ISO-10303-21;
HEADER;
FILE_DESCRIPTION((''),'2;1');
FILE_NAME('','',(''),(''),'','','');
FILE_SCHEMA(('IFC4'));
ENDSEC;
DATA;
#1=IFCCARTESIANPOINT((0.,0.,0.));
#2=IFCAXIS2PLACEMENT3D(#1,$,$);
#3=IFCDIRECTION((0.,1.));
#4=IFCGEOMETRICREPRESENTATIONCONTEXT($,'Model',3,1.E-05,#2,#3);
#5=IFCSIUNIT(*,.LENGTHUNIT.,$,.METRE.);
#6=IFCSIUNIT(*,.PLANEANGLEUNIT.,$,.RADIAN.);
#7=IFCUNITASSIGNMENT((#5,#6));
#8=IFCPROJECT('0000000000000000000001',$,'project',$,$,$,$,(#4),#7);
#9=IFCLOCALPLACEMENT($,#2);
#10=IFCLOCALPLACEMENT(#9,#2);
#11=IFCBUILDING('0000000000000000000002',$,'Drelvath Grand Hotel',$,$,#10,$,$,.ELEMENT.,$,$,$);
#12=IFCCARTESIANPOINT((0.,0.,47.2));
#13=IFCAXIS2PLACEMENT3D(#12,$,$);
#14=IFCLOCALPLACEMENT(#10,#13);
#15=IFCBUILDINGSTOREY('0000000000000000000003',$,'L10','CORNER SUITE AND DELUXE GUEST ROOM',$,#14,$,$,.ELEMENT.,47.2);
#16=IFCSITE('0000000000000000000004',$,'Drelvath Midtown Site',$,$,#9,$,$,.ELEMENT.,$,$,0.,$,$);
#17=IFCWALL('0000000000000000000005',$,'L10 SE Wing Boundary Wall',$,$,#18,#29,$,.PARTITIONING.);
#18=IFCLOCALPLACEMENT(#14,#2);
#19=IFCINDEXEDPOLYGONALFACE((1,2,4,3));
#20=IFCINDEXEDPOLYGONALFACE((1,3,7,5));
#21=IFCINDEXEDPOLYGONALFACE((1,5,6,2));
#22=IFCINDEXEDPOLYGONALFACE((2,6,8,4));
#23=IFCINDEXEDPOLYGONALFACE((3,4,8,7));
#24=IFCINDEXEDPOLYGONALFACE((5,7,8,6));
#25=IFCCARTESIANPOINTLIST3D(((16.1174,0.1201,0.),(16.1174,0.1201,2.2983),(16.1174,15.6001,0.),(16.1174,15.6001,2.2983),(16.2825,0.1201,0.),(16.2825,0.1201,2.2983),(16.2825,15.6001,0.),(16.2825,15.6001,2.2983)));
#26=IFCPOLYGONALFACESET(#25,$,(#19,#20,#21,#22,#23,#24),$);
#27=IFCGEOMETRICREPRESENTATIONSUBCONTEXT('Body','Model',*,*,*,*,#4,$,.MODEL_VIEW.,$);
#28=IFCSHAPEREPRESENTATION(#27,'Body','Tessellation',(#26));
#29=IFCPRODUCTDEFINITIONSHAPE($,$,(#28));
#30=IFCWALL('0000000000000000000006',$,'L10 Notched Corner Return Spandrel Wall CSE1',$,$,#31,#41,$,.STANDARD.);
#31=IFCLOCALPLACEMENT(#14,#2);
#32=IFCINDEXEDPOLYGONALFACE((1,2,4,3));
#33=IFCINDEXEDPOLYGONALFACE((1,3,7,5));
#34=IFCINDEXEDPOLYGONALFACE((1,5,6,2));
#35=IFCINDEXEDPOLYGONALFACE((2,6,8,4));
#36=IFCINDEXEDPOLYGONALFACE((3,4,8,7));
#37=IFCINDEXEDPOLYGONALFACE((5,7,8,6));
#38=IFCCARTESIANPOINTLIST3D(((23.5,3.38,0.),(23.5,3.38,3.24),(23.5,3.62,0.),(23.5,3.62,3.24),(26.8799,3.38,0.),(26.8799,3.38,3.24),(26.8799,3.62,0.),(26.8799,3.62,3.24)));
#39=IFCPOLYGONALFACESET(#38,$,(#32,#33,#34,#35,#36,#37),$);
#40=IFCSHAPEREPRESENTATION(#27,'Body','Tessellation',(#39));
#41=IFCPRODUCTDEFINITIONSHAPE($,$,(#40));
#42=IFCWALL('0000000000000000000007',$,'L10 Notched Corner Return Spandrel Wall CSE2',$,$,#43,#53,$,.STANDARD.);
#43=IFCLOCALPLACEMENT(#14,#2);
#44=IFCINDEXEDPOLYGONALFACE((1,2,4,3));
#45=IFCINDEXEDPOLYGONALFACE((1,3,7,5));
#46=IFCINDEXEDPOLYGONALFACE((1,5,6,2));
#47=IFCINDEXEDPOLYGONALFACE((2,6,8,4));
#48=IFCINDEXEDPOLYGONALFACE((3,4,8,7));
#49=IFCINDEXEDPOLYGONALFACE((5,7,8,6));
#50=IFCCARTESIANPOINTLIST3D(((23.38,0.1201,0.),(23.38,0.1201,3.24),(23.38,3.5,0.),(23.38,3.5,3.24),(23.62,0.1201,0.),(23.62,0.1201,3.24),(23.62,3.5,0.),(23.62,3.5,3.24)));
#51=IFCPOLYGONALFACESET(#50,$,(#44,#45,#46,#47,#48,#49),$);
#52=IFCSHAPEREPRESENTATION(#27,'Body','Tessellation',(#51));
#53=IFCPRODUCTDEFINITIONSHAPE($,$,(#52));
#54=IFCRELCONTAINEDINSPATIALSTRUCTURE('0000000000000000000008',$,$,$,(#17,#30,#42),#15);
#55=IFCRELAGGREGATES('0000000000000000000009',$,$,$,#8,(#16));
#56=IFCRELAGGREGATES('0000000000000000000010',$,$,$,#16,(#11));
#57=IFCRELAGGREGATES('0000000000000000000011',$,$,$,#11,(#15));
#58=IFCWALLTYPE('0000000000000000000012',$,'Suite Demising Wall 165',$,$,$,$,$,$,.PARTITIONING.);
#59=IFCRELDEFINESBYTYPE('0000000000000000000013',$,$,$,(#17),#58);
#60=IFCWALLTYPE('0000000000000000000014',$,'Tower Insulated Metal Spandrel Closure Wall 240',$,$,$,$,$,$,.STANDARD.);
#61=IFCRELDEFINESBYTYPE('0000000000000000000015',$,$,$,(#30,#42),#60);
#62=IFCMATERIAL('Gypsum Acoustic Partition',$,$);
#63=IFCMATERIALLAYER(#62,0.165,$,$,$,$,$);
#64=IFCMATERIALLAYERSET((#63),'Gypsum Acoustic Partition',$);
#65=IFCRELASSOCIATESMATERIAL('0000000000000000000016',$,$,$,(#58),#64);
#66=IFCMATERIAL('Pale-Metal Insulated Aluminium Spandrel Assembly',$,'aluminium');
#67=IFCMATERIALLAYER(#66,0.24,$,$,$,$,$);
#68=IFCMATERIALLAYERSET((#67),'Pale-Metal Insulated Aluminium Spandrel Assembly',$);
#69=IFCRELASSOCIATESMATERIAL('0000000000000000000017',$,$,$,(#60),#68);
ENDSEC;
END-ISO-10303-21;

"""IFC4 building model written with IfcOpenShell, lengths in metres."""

from ifc_helpers import new_model, si_unit, direction, frame, frame_2d, origin, place, context, subcontext, project, spatial, rectangle, extrude, material, layer, layer_set, type_object, element, save


model = new_model("IFC4")

# Units and contexts
model_context = context("Model", 3, precision=1e-05, world=origin(), true_north=direction((0.0, 1.0)))
body_context = subcontext(model_context, "Body", "Model", "MODEL_VIEW")
ifc_project = project(units=[si_unit("LENGTHUNIT", "METRE"), si_unit("PLANEANGLEUNIT", "RADIAN")], contexts=[model_context])

# Site, building, storey
site_placement = place(None, origin())
site = spatial("IfcSite", under=ifc_project, at=site_placement, Name="Drelvath Midtown Site", CompositionType="ELEMENT", RefElevation=0.0)
building_placement = place(site_placement, origin())
building = spatial("IfcBuilding", under=site, at=building_placement, Name="Drelvath Grand Hotel", CompositionType="ELEMENT")
storey_placement = place(building_placement, frame((0.0, 0.0, 47.2)))
storey = spatial("IfcBuildingStorey", under=building, at=storey_placement, Name="L10", Description="CORNER SUITE AND DELUXE GUEST ROOM", CompositionType="ELEMENT", Elevation=47.2)

# Walls
ifc_material_1 = material(Name="Gypsum Acoustic Partition")
ifc_layer_1 = layer(ifc_material_1, 0.165)
ifc_layer_set_1 = layer_set([ifc_layer_1], Name="Gypsum Acoustic Partition")
wall_type_1 = type_object("IfcWallType", Name="Suite Demising Wall 165", PredefinedType="PARTITIONING", material=ifc_layer_set_1)
wall_placement = place(storey_placement, frame((16.2, 0.1201, 0.0), z_axis=(0.0, 0.0, 1.0), x_axis=(0.0, 1.0, 0.0)))
element("IfcWall", 1, at=wall_placement, inside=storey, type_object=wall_type_1, Name="L10 SE Wing Boundary Wall", PredefinedType="PARTITIONING", context=body_context, shape_type="SweptSolid", body=[
    extrude(rectangle(XDim=15.48, YDim=0.165, at=frame_2d((7.74, 0.0))), origin(), (0.0, 0.0, 1.0), 2.2983),
])
ifc_material_2 = material(Name="Pale-Metal Insulated Aluminium Spandrel Assembly", Category="aluminium")
ifc_layer_2 = layer(ifc_material_2, 0.24)
ifc_layer_set_2 = layer_set([ifc_layer_2], Name="Pale-Metal Insulated Aluminium Spandrel Assembly")
wall_type_2 = type_object("IfcWallType", Name="Tower Insulated Metal Spandrel Closure Wall 240", PredefinedType="STANDARD", material=ifc_layer_set_2)
for number, where, z_axis, x_axis, name in (
    (2, (26.8799, 3.5, 0.0), (0.0, 0.0, 1.0), (-1.0, 0.0, 0.0), "L10 Notched Corner Return Spandrel Wall CSE1"),
    (3, (23.5, 3.5, 0.0), (0.0, 0.0, 1.0), (0.0, -1.0, 0.0), "L10 Notched Corner Return Spandrel Wall CSE2"),
):
    element("IfcWall", number, at=place(storey_placement, frame(where, z_axis=z_axis, x_axis=x_axis)), inside=storey, type_object=wall_type_2, Name=name, PredefinedType="STANDARD", context=body_context, shape_type="SweptSolid", body=[
        extrude(rectangle(XDim=3.3799, YDim=0.24, at=frame_2d((1.6899, 0.0))), origin(), (0.0, 0.0, 1.0), 3.24),
    ])

save(model, "model.ifc")
